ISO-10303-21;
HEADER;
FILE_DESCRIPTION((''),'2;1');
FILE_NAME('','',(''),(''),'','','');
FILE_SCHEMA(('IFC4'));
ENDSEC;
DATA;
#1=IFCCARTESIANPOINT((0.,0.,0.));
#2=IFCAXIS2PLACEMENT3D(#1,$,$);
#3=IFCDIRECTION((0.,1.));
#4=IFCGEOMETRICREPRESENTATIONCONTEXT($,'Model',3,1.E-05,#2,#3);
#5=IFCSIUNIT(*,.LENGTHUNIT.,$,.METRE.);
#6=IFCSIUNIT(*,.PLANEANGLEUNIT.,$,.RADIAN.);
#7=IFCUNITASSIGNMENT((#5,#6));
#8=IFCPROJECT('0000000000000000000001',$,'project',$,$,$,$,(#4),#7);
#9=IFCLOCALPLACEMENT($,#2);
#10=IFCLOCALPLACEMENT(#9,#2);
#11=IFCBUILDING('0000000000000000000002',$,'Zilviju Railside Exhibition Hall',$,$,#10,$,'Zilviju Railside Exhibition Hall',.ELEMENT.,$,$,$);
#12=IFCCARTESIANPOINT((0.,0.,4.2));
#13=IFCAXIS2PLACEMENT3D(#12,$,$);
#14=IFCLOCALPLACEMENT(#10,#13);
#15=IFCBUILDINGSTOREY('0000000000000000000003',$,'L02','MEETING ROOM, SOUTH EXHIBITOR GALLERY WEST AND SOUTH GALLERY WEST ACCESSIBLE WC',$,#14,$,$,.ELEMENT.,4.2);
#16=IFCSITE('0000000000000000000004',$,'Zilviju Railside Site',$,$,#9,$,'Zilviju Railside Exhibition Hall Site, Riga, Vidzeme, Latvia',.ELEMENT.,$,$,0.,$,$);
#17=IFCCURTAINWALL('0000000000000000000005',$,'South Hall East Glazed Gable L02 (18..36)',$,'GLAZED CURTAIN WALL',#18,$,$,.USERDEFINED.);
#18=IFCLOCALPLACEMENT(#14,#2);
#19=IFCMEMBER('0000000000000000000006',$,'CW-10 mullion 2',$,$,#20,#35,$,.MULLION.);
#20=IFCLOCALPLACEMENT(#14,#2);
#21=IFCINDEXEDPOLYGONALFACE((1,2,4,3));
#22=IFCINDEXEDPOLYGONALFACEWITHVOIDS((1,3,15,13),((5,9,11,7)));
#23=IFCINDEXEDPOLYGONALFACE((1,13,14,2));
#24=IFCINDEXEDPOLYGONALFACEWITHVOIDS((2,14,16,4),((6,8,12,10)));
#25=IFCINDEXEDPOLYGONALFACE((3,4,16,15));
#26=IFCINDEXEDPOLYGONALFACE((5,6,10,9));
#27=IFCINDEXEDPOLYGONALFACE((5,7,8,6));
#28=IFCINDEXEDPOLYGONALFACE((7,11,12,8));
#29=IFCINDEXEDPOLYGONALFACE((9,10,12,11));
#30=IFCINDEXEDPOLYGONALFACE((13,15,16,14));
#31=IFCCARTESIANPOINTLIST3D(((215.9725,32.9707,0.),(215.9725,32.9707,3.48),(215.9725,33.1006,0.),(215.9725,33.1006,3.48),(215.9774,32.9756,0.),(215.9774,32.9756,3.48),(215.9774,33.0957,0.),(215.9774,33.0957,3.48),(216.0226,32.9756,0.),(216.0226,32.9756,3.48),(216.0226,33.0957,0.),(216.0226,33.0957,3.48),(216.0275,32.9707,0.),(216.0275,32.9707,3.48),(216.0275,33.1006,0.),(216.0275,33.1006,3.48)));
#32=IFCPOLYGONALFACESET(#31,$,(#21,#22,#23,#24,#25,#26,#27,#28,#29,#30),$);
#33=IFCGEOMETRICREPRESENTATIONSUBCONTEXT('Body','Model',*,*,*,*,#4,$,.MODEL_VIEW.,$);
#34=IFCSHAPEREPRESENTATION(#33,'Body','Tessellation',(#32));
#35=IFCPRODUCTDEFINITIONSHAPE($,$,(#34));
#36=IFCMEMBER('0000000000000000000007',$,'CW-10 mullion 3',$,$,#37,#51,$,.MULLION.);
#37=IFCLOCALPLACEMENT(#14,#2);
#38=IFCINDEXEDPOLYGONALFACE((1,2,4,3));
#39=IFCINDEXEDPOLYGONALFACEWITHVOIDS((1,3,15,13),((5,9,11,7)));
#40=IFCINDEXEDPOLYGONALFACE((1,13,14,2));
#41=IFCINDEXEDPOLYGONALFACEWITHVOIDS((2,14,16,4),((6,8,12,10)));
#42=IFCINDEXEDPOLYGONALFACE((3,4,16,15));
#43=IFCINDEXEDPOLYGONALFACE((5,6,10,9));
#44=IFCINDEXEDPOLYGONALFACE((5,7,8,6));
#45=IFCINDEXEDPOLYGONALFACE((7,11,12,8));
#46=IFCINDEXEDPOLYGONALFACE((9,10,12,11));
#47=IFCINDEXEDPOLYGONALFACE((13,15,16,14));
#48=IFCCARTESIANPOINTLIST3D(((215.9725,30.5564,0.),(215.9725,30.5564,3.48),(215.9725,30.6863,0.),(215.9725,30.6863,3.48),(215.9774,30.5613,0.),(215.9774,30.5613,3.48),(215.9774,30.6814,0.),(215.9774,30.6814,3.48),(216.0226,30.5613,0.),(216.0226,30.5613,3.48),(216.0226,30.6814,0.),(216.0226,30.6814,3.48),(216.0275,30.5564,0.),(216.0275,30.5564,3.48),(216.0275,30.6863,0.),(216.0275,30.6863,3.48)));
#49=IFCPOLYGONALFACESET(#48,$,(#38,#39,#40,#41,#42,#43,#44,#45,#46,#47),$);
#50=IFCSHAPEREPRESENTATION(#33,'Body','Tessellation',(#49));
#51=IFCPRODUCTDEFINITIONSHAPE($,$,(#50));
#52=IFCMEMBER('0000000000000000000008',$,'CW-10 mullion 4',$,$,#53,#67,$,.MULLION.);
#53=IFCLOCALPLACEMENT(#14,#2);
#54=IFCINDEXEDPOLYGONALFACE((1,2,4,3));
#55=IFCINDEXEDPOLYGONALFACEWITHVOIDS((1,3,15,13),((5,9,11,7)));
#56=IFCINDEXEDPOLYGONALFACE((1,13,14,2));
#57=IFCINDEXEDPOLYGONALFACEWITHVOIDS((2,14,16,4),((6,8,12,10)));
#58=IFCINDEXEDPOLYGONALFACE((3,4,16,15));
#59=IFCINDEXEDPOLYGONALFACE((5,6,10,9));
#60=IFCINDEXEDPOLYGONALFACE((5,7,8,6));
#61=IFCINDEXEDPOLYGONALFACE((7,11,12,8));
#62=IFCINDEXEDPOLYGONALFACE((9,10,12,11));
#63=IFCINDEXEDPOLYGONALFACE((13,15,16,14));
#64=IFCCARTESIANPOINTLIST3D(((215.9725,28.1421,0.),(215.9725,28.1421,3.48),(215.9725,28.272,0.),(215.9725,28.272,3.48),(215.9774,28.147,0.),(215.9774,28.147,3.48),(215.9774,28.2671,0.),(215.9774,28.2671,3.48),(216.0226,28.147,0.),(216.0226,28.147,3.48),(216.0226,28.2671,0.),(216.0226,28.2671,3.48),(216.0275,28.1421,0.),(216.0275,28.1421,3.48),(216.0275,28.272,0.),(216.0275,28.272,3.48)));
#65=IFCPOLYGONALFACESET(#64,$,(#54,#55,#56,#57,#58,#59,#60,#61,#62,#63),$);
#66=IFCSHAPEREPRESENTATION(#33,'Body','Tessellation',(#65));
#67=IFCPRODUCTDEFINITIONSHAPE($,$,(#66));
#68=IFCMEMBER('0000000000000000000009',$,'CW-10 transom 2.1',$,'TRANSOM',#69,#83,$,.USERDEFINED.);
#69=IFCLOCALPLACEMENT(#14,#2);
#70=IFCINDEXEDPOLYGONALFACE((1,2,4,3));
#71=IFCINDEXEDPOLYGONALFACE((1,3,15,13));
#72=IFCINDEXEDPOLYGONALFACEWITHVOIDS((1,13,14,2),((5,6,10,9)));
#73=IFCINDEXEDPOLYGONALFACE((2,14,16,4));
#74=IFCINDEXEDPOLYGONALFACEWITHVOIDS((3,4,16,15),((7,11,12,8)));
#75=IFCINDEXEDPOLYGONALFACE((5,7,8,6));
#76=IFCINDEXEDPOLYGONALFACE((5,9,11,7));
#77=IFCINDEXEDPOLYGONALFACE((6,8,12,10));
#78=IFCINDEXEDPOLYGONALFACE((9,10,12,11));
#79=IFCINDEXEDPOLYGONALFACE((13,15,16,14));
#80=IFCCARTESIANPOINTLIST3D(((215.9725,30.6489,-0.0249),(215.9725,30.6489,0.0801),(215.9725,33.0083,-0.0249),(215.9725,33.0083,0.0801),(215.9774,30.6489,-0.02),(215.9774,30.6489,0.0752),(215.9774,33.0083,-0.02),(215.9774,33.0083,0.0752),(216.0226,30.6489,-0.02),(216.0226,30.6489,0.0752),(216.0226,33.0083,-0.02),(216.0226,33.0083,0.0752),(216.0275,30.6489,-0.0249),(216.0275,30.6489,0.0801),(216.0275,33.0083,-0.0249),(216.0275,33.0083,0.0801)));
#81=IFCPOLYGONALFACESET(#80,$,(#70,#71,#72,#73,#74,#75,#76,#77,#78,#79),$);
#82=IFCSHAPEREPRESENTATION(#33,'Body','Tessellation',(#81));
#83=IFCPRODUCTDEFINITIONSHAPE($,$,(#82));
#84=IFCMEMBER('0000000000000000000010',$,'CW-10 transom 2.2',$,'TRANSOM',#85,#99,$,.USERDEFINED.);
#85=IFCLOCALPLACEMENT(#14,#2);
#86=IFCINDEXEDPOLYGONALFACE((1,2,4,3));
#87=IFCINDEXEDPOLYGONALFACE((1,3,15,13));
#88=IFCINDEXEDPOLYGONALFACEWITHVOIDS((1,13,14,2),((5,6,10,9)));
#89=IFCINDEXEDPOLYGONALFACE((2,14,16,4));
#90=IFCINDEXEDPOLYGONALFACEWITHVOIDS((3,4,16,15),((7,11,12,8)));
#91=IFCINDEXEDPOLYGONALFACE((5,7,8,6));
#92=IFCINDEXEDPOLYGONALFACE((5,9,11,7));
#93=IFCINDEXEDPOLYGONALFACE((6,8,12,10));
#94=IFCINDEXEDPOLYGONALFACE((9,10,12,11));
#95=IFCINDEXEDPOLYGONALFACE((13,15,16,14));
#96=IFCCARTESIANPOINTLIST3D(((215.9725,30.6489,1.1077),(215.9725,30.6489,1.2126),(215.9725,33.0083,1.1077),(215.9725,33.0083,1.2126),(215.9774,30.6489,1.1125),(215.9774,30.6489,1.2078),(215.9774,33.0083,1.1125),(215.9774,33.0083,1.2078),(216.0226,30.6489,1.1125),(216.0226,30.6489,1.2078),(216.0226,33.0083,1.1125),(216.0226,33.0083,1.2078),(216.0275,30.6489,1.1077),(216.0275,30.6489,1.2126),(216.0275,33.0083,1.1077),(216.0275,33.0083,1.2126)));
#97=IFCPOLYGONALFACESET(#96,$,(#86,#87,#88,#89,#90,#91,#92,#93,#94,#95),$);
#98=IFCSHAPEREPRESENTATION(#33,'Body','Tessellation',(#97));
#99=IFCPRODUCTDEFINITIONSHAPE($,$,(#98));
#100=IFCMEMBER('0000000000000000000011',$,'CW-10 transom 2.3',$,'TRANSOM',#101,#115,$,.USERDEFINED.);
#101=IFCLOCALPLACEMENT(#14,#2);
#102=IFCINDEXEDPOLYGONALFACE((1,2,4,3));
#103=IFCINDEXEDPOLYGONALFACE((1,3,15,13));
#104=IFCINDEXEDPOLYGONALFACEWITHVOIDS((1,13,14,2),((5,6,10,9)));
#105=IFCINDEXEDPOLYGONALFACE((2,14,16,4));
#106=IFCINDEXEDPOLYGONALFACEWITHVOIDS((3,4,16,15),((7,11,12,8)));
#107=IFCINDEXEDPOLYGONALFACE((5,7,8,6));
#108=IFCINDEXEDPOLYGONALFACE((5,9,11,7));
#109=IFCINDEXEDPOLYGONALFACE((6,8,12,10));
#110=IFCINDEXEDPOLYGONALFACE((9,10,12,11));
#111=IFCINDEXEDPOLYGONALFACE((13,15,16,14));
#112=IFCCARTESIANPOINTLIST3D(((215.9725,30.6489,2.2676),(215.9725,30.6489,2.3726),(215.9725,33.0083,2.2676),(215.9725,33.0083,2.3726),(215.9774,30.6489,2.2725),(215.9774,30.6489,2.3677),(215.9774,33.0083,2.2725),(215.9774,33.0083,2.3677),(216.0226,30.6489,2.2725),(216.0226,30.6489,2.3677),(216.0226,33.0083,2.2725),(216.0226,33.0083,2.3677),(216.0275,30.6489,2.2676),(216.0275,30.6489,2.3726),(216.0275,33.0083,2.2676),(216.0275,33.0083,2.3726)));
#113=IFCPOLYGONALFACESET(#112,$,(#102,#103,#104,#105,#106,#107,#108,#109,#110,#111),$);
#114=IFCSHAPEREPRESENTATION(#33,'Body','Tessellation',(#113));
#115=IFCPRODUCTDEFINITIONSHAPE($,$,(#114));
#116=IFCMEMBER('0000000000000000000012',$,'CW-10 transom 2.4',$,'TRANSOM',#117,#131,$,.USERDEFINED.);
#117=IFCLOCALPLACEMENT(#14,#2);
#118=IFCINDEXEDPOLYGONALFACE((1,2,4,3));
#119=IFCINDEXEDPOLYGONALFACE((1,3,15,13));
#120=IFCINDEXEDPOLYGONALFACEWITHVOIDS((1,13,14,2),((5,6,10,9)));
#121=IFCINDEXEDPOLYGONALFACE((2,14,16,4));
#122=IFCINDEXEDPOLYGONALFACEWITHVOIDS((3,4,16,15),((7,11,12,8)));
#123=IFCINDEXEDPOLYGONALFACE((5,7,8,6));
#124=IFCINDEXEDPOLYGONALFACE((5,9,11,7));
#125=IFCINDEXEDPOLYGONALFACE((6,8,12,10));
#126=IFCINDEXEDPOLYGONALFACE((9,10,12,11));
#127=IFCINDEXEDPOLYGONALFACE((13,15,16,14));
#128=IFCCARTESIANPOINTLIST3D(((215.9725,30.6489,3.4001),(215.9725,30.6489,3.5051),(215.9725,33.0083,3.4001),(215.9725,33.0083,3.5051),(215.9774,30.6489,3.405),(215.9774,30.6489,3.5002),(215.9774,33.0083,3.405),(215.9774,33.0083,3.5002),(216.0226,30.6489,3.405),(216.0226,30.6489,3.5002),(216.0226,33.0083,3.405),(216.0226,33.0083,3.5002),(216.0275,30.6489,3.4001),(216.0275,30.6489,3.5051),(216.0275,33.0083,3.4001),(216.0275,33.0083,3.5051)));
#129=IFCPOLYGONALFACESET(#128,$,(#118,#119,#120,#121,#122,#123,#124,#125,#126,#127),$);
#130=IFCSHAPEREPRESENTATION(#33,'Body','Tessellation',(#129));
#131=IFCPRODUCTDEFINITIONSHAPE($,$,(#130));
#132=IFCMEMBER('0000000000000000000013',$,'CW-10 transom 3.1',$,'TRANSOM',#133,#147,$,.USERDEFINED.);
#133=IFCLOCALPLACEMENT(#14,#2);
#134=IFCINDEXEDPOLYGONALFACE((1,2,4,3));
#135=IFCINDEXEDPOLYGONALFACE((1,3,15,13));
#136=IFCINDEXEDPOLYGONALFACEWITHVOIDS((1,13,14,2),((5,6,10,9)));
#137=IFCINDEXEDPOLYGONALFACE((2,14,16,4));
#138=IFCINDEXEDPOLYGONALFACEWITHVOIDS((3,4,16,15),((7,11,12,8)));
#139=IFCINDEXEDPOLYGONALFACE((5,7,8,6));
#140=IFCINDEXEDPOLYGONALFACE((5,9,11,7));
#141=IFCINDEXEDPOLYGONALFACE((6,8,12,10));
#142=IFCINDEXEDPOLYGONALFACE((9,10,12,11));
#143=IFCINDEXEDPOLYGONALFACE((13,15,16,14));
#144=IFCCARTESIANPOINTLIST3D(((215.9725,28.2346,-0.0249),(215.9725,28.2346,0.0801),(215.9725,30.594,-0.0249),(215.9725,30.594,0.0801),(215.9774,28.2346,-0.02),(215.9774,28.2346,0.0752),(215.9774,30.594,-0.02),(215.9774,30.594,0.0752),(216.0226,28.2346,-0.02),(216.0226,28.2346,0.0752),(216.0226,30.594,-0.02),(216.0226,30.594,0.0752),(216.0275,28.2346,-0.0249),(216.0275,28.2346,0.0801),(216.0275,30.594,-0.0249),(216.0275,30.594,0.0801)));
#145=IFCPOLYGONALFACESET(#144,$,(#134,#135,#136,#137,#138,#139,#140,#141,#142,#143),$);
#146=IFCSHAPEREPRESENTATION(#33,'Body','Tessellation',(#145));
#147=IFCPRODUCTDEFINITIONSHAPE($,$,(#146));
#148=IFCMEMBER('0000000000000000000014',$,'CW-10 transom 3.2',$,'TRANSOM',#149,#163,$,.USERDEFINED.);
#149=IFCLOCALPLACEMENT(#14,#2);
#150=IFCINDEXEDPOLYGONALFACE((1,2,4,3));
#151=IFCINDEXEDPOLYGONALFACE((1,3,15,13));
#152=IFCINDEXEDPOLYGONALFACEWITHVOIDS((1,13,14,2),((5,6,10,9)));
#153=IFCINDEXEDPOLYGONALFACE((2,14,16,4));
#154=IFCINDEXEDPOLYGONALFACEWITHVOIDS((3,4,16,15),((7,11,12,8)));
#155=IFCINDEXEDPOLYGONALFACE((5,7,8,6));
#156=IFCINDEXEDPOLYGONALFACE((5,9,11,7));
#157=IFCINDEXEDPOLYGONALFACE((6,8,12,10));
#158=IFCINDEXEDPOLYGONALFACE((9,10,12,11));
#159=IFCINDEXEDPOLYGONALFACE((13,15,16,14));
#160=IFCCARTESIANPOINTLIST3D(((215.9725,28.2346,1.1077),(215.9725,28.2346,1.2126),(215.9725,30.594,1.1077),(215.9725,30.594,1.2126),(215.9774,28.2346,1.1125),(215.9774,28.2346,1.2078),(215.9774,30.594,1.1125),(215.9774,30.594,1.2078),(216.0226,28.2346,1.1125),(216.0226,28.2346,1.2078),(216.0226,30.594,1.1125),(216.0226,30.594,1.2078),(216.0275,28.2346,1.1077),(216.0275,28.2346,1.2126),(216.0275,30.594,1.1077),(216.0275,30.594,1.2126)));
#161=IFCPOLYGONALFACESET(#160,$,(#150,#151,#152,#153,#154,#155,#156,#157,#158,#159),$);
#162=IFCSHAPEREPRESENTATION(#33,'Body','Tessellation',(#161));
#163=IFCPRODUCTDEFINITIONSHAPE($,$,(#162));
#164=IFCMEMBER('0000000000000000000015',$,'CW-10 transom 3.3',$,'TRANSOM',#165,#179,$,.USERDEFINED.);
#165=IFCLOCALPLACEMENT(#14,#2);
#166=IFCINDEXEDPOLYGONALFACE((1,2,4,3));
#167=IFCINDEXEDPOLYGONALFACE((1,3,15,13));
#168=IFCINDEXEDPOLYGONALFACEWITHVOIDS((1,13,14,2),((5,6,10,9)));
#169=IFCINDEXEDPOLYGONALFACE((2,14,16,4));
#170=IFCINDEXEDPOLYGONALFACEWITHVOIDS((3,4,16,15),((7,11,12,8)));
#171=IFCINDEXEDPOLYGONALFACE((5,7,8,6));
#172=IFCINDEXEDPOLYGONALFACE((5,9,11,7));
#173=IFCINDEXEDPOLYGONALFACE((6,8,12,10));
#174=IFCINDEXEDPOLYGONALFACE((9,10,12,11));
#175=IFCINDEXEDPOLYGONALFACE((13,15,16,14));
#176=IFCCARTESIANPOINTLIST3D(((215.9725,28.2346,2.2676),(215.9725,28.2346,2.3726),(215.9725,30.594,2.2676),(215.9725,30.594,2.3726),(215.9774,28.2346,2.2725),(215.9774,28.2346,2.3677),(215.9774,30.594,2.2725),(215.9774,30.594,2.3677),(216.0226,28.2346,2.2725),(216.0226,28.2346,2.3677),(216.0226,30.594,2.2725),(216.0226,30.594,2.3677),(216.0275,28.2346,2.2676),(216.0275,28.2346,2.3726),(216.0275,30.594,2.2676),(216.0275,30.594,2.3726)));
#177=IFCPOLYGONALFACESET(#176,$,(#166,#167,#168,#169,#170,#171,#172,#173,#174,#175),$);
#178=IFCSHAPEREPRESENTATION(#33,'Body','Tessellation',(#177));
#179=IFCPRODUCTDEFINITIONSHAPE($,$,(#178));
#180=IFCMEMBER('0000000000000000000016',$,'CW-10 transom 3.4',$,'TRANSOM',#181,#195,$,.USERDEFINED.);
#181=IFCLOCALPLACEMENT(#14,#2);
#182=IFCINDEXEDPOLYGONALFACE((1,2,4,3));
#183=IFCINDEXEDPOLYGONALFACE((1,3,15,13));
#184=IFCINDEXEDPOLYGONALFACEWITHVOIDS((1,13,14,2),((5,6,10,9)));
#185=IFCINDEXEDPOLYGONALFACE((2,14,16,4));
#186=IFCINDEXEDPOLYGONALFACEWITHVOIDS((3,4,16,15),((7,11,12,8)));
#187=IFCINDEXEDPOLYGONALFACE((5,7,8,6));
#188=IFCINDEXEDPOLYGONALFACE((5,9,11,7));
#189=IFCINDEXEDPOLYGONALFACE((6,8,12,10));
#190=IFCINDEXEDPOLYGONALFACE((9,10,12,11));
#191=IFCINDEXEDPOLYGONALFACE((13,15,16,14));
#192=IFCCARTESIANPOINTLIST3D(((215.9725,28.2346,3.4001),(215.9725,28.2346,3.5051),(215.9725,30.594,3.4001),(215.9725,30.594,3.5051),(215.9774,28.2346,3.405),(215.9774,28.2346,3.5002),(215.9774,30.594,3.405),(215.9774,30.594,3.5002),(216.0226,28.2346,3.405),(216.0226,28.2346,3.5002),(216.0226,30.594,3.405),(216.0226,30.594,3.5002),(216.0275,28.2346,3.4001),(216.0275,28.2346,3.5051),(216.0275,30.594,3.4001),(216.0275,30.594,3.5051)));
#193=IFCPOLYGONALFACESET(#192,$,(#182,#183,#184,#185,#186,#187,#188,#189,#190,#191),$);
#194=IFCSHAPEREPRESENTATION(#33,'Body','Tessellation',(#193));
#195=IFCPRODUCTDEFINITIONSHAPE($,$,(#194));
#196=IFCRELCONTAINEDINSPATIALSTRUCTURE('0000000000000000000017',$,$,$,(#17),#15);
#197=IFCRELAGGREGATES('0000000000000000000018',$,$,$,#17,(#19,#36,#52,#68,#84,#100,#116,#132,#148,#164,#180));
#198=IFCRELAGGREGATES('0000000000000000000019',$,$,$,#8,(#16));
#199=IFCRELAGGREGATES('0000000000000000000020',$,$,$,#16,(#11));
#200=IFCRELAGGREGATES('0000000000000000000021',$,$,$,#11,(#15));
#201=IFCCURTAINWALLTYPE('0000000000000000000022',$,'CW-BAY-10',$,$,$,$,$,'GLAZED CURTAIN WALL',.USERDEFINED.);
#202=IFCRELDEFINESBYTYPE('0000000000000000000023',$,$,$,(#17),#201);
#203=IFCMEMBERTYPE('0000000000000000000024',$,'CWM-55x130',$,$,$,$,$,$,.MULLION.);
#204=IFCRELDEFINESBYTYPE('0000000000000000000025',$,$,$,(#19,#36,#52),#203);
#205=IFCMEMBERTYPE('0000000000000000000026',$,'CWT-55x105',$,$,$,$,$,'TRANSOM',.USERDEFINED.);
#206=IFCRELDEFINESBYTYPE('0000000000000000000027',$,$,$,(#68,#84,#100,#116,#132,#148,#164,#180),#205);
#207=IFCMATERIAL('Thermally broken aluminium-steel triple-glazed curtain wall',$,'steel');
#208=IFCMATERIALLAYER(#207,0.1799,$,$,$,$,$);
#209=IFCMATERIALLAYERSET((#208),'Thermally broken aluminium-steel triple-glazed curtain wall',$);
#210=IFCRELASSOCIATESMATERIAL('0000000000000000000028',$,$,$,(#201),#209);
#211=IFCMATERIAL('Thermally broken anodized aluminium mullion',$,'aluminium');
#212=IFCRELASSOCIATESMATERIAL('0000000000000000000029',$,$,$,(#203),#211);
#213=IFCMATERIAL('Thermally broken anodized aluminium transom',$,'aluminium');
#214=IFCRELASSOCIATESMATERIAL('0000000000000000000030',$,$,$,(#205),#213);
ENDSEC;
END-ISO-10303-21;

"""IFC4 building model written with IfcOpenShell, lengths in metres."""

from ifc_helpers import new_model, si_unit, direction, frame, origin, origin_2d, place, context, subcontext, project, spatial, hollow_rectangle, extrude, material, layer, layer_set, material_profile, profile_set, type_object, element, aggregate, save


model = new_model("IFC4")

# Units and contexts
model_context = context("Model", 3, precision=1e-05, world=origin(), true_north=direction((0.0, 1.0)))
body_context = subcontext(model_context, "Body", "Model", "MODEL_VIEW")
ifc_project = project(units=[si_unit("LENGTHUNIT", "METRE"), si_unit("PLANEANGLEUNIT", "RADIAN")], contexts=[model_context])

# Site, building, storey
site_placement = place(None, origin())
site = spatial("IfcSite", under=ifc_project, at=site_placement, Name="Zilviju Railside Site", LongName="Zilviju Railside Exhibition Hall Site, Riga, Vidzeme, Latvia", CompositionType="ELEMENT", RefElevation=0.0)
building_placement = place(site_placement, origin())
building = spatial("IfcBuilding", under=site, at=building_placement, Name="Zilviju Railside Exhibition Hall", LongName="Zilviju Railside Exhibition Hall", CompositionType="ELEMENT")
storey_placement = place(building_placement, frame((0.0, 0.0, 4.2)))
storey = spatial("IfcBuildingStorey", under=building, at=storey_placement, Name="L02", Description="MEETING ROOM, SOUTH EXHIBITOR GALLERY WEST AND SOUTH GALLERY WEST ACCESSIBLE WC", CompositionType="ELEMENT", Elevation=4.2)

# Curtain wall, members
ifc_material_1 = material(Name="Thermally broken aluminium-steel triple-glazed curtain wall", Category="steel")
ifc_layer_1 = layer(ifc_material_1, 0.1799)
ifc_layer_set_1 = layer_set([ifc_layer_1], Name="Thermally broken aluminium-steel triple-glazed curtain wall")
curtain_wall_type = type_object("IfcCurtainWallType", Name="CW-BAY-10", ElementType="GLAZED CURTAIN WALL", PredefinedType="USERDEFINED", material=ifc_layer_set_1)
curtain_wall_placement = place(storey_placement, origin())
curtain_wall = element("IfcCurtainWall", 1, at=curtain_wall_placement, inside=storey, type_object=curtain_wall_type, Name="South Hall East Glazed Gable L02 (18..36)", ObjectType="GLAZED CURTAIN WALL", PredefinedType="USERDEFINED")
ifc_material_2 = material(Name="Thermally broken anodized aluminium mullion", Category="aluminium")
ifc_material_profile_1 = material_profile(ifc_material_2, hollow_rectangle(XDim=0.0549, YDim=0.1299, WallThickness=0.0049, at=origin_2d()), Name="MULLION 130x55x5")
ifc_profile_set_1 = profile_set([ifc_material_profile_1], Name="Thermally broken anodized aluminium mullion")
member_type_1 = type_object("IfcMemberType", Name="CWM-55x130", PredefinedType="MULLION", material=ifc_profile_set_1)
member_1_placement = place(storey_placement, frame((216.0, 33.0356, 0.0), z_axis=(0.0, 0.0, 1.0), x_axis=(1.0, 0.0, 0.0)))
member_1 = element("IfcMember", 2, at=member_1_placement, type_object=member_type_1, Name="CW-10 mullion 2", PredefinedType="MULLION", context=body_context, shape_type="SweptSolid", body=[
    extrude(hollow_rectangle(XDim=0.0549, YDim=0.1299, WallThickness=0.0049, at=origin_2d()), origin(), (0.0, 0.0, 1.0), 3.48),
])
member_2_placement = place(storey_placement, frame((216.0, 30.6213, 0.0), z_axis=(0.0, 0.0, 1.0), x_axis=(1.0, 0.0, 0.0)))
member_2 = element("IfcMember", 3, at=member_2_placement, type_object=member_type_1, Name="CW-10 mullion 3", PredefinedType="MULLION", context=body_context, shape_type="SweptSolid", body=[
    extrude(hollow_rectangle(XDim=0.0549, YDim=0.1299, WallThickness=0.0049, at=origin_2d()), origin(), (0.0, 0.0, 1.0), 3.48),
])
member_3_placement = place(storey_placement, frame((216.0, 28.207, 0.0), z_axis=(0.0, 0.0, 1.0), x_axis=(1.0, 0.0, 0.0)))
member_3 = element("IfcMember", 4, at=member_3_placement, type_object=member_type_1, Name="CW-10 mullion 4", PredefinedType="MULLION", context=body_context, shape_type="SweptSolid", body=[
    extrude(hollow_rectangle(XDim=0.0549, YDim=0.1299, WallThickness=0.0049, at=origin_2d()), origin(), (0.0, 0.0, 1.0), 3.48),
])
ifc_material_3 = material(Name="Thermally broken anodized aluminium transom", Category="aluminium")
ifc_material_profile_2 = material_profile(ifc_material_3, hollow_rectangle(XDim=0.0549, YDim=0.105, WallThickness=0.0049, at=origin_2d()), Name="TRANSOM 105x55x5")
ifc_profile_set_2 = profile_set([ifc_material_profile_2], Name="Thermally broken anodized aluminium transom")
member_type_2 = type_object("IfcMemberType", Name="CWT-55x105", ElementType="TRANSOM", PredefinedType="USERDEFINED", material=ifc_profile_set_2)
member_4_placement = place(storey_placement, frame((216.0, 33.0083, 0.0276), z_axis=(0.0, -1.0, 0.0), x_axis=(1.0, 0.0, 0.0)))
member_4 = element("IfcMember", 5, at=member_4_placement, type_object=member_type_2, Name="CW-10 transom 2.1", ObjectType="TRANSOM", PredefinedType="USERDEFINED", context=body_context, shape_type="SweptSolid", body=[
    extrude(hollow_rectangle(XDim=0.0549, YDim=0.105, WallThickness=0.0049, at=origin_2d()), origin(), (0.0, 0.0, 1.0), 2.3594),
])
member_5_placement = place(storey_placement, frame((216.0, 33.0083, 1.1602), z_axis=(0.0, -1.0, 0.0), x_axis=(1.0, 0.0, 0.0)))
member_5 = element("IfcMember", 6, at=member_5_placement, type_object=member_type_2, Name="CW-10 transom 2.2", ObjectType="TRANSOM", PredefinedType="USERDEFINED", context=body_context, shape_type="SweptSolid", body=[
    extrude(hollow_rectangle(XDim=0.0549, YDim=0.105, WallThickness=0.0049, at=origin_2d()), origin(), (0.0, 0.0, 1.0), 2.3594),
])
member_6_placement = place(storey_placement, frame((216.0, 33.0083, 2.3201), z_axis=(0.0, -1.0, 0.0), x_axis=(1.0, 0.0, 0.0)))
member_6 = element("IfcMember", 7, at=member_6_placement, type_object=member_type_2, Name="CW-10 transom 2.3", ObjectType="TRANSOM", PredefinedType="USERDEFINED", context=body_context, shape_type="SweptSolid", body=[
    extrude(hollow_rectangle(XDim=0.0549, YDim=0.105, WallThickness=0.0049, at=origin_2d()), origin(), (0.0, 0.0, 1.0), 2.3594),
])
member_7_placement = place(storey_placement, frame((216.0, 33.0083, 3.4526), z_axis=(0.0, -1.0, 0.0), x_axis=(1.0, 0.0, 0.0)))
member_7 = element("IfcMember", 8, at=member_7_placement, type_object=member_type_2, Name="CW-10 transom 2.4", ObjectType="TRANSOM", PredefinedType="USERDEFINED", context=body_context, shape_type="SweptSolid", body=[
    extrude(hollow_rectangle(XDim=0.0549, YDim=0.105, WallThickness=0.0049, at=origin_2d()), origin(), (0.0, 0.0, 1.0), 2.3594),
])
member_8_placement = place(storey_placement, frame((216.0, 30.594, 0.0276), z_axis=(0.0, -1.0, 0.0), x_axis=(1.0, 0.0, 0.0)))
member_8 = element("IfcMember", 9, at=member_8_placement, type_object=member_type_2, Name="CW-10 transom 3.1", ObjectType="TRANSOM", PredefinedType="USERDEFINED", context=body_context, shape_type="SweptSolid", body=[
    extrude(hollow_rectangle(XDim=0.0549, YDim=0.105, WallThickness=0.0049, at=origin_2d()), origin(), (0.0, 0.0, 1.0), 2.3594),
])
member_9_placement = place(storey_placement, frame((216.0, 30.594, 1.1602), z_axis=(0.0, -1.0, 0.0), x_axis=(1.0, 0.0, 0.0)))
member_9 = element("IfcMember", 10, at=member_9_placement, type_object=member_type_2, Name="CW-10 transom 3.2", ObjectType="TRANSOM", PredefinedType="USERDEFINED", context=body_context, shape_type="SweptSolid", body=[
    extrude(hollow_rectangle(XDim=0.0549, YDim=0.105, WallThickness=0.0049, at=origin_2d()), origin(), (0.0, 0.0, 1.0), 2.3594),
])
member_10_placement = place(storey_placement, frame((216.0, 30.594, 2.3201), z_axis=(0.0, -1.0, 0.0), x_axis=(1.0, 0.0, 0.0)))
member_10 = element("IfcMember", 11, at=member_10_placement, type_object=member_type_2, Name="CW-10 transom 3.3", ObjectType="TRANSOM", PredefinedType="USERDEFINED", context=body_context, shape_type="SweptSolid", body=[
    extrude(hollow_rectangle(XDim=0.0549, YDim=0.105, WallThickness=0.0049, at=origin_2d()), origin(), (0.0, 0.0, 1.0), 2.3594),
])
member_11_placement = place(storey_placement, frame((216.0, 30.594, 3.4526), z_axis=(0.0, -1.0, 0.0), x_axis=(1.0, 0.0, 0.0)))
member_11 = element("IfcMember", 12, at=member_11_placement, type_object=member_type_2, Name="CW-10 transom 3.4", ObjectType="TRANSOM", PredefinedType="USERDEFINED", context=body_context, shape_type="SweptSolid", body=[
    extrude(hollow_rectangle(XDim=0.0549, YDim=0.105, WallThickness=0.0049, at=origin_2d()), origin(), (0.0, 0.0, 1.0), 2.3594),
])
aggregate(curtain_wall, [member_1, member_2, member_3, member_4, member_5, member_6, member_7, member_8, member_9, member_10, member_11])

save(model, "model.ifc")
